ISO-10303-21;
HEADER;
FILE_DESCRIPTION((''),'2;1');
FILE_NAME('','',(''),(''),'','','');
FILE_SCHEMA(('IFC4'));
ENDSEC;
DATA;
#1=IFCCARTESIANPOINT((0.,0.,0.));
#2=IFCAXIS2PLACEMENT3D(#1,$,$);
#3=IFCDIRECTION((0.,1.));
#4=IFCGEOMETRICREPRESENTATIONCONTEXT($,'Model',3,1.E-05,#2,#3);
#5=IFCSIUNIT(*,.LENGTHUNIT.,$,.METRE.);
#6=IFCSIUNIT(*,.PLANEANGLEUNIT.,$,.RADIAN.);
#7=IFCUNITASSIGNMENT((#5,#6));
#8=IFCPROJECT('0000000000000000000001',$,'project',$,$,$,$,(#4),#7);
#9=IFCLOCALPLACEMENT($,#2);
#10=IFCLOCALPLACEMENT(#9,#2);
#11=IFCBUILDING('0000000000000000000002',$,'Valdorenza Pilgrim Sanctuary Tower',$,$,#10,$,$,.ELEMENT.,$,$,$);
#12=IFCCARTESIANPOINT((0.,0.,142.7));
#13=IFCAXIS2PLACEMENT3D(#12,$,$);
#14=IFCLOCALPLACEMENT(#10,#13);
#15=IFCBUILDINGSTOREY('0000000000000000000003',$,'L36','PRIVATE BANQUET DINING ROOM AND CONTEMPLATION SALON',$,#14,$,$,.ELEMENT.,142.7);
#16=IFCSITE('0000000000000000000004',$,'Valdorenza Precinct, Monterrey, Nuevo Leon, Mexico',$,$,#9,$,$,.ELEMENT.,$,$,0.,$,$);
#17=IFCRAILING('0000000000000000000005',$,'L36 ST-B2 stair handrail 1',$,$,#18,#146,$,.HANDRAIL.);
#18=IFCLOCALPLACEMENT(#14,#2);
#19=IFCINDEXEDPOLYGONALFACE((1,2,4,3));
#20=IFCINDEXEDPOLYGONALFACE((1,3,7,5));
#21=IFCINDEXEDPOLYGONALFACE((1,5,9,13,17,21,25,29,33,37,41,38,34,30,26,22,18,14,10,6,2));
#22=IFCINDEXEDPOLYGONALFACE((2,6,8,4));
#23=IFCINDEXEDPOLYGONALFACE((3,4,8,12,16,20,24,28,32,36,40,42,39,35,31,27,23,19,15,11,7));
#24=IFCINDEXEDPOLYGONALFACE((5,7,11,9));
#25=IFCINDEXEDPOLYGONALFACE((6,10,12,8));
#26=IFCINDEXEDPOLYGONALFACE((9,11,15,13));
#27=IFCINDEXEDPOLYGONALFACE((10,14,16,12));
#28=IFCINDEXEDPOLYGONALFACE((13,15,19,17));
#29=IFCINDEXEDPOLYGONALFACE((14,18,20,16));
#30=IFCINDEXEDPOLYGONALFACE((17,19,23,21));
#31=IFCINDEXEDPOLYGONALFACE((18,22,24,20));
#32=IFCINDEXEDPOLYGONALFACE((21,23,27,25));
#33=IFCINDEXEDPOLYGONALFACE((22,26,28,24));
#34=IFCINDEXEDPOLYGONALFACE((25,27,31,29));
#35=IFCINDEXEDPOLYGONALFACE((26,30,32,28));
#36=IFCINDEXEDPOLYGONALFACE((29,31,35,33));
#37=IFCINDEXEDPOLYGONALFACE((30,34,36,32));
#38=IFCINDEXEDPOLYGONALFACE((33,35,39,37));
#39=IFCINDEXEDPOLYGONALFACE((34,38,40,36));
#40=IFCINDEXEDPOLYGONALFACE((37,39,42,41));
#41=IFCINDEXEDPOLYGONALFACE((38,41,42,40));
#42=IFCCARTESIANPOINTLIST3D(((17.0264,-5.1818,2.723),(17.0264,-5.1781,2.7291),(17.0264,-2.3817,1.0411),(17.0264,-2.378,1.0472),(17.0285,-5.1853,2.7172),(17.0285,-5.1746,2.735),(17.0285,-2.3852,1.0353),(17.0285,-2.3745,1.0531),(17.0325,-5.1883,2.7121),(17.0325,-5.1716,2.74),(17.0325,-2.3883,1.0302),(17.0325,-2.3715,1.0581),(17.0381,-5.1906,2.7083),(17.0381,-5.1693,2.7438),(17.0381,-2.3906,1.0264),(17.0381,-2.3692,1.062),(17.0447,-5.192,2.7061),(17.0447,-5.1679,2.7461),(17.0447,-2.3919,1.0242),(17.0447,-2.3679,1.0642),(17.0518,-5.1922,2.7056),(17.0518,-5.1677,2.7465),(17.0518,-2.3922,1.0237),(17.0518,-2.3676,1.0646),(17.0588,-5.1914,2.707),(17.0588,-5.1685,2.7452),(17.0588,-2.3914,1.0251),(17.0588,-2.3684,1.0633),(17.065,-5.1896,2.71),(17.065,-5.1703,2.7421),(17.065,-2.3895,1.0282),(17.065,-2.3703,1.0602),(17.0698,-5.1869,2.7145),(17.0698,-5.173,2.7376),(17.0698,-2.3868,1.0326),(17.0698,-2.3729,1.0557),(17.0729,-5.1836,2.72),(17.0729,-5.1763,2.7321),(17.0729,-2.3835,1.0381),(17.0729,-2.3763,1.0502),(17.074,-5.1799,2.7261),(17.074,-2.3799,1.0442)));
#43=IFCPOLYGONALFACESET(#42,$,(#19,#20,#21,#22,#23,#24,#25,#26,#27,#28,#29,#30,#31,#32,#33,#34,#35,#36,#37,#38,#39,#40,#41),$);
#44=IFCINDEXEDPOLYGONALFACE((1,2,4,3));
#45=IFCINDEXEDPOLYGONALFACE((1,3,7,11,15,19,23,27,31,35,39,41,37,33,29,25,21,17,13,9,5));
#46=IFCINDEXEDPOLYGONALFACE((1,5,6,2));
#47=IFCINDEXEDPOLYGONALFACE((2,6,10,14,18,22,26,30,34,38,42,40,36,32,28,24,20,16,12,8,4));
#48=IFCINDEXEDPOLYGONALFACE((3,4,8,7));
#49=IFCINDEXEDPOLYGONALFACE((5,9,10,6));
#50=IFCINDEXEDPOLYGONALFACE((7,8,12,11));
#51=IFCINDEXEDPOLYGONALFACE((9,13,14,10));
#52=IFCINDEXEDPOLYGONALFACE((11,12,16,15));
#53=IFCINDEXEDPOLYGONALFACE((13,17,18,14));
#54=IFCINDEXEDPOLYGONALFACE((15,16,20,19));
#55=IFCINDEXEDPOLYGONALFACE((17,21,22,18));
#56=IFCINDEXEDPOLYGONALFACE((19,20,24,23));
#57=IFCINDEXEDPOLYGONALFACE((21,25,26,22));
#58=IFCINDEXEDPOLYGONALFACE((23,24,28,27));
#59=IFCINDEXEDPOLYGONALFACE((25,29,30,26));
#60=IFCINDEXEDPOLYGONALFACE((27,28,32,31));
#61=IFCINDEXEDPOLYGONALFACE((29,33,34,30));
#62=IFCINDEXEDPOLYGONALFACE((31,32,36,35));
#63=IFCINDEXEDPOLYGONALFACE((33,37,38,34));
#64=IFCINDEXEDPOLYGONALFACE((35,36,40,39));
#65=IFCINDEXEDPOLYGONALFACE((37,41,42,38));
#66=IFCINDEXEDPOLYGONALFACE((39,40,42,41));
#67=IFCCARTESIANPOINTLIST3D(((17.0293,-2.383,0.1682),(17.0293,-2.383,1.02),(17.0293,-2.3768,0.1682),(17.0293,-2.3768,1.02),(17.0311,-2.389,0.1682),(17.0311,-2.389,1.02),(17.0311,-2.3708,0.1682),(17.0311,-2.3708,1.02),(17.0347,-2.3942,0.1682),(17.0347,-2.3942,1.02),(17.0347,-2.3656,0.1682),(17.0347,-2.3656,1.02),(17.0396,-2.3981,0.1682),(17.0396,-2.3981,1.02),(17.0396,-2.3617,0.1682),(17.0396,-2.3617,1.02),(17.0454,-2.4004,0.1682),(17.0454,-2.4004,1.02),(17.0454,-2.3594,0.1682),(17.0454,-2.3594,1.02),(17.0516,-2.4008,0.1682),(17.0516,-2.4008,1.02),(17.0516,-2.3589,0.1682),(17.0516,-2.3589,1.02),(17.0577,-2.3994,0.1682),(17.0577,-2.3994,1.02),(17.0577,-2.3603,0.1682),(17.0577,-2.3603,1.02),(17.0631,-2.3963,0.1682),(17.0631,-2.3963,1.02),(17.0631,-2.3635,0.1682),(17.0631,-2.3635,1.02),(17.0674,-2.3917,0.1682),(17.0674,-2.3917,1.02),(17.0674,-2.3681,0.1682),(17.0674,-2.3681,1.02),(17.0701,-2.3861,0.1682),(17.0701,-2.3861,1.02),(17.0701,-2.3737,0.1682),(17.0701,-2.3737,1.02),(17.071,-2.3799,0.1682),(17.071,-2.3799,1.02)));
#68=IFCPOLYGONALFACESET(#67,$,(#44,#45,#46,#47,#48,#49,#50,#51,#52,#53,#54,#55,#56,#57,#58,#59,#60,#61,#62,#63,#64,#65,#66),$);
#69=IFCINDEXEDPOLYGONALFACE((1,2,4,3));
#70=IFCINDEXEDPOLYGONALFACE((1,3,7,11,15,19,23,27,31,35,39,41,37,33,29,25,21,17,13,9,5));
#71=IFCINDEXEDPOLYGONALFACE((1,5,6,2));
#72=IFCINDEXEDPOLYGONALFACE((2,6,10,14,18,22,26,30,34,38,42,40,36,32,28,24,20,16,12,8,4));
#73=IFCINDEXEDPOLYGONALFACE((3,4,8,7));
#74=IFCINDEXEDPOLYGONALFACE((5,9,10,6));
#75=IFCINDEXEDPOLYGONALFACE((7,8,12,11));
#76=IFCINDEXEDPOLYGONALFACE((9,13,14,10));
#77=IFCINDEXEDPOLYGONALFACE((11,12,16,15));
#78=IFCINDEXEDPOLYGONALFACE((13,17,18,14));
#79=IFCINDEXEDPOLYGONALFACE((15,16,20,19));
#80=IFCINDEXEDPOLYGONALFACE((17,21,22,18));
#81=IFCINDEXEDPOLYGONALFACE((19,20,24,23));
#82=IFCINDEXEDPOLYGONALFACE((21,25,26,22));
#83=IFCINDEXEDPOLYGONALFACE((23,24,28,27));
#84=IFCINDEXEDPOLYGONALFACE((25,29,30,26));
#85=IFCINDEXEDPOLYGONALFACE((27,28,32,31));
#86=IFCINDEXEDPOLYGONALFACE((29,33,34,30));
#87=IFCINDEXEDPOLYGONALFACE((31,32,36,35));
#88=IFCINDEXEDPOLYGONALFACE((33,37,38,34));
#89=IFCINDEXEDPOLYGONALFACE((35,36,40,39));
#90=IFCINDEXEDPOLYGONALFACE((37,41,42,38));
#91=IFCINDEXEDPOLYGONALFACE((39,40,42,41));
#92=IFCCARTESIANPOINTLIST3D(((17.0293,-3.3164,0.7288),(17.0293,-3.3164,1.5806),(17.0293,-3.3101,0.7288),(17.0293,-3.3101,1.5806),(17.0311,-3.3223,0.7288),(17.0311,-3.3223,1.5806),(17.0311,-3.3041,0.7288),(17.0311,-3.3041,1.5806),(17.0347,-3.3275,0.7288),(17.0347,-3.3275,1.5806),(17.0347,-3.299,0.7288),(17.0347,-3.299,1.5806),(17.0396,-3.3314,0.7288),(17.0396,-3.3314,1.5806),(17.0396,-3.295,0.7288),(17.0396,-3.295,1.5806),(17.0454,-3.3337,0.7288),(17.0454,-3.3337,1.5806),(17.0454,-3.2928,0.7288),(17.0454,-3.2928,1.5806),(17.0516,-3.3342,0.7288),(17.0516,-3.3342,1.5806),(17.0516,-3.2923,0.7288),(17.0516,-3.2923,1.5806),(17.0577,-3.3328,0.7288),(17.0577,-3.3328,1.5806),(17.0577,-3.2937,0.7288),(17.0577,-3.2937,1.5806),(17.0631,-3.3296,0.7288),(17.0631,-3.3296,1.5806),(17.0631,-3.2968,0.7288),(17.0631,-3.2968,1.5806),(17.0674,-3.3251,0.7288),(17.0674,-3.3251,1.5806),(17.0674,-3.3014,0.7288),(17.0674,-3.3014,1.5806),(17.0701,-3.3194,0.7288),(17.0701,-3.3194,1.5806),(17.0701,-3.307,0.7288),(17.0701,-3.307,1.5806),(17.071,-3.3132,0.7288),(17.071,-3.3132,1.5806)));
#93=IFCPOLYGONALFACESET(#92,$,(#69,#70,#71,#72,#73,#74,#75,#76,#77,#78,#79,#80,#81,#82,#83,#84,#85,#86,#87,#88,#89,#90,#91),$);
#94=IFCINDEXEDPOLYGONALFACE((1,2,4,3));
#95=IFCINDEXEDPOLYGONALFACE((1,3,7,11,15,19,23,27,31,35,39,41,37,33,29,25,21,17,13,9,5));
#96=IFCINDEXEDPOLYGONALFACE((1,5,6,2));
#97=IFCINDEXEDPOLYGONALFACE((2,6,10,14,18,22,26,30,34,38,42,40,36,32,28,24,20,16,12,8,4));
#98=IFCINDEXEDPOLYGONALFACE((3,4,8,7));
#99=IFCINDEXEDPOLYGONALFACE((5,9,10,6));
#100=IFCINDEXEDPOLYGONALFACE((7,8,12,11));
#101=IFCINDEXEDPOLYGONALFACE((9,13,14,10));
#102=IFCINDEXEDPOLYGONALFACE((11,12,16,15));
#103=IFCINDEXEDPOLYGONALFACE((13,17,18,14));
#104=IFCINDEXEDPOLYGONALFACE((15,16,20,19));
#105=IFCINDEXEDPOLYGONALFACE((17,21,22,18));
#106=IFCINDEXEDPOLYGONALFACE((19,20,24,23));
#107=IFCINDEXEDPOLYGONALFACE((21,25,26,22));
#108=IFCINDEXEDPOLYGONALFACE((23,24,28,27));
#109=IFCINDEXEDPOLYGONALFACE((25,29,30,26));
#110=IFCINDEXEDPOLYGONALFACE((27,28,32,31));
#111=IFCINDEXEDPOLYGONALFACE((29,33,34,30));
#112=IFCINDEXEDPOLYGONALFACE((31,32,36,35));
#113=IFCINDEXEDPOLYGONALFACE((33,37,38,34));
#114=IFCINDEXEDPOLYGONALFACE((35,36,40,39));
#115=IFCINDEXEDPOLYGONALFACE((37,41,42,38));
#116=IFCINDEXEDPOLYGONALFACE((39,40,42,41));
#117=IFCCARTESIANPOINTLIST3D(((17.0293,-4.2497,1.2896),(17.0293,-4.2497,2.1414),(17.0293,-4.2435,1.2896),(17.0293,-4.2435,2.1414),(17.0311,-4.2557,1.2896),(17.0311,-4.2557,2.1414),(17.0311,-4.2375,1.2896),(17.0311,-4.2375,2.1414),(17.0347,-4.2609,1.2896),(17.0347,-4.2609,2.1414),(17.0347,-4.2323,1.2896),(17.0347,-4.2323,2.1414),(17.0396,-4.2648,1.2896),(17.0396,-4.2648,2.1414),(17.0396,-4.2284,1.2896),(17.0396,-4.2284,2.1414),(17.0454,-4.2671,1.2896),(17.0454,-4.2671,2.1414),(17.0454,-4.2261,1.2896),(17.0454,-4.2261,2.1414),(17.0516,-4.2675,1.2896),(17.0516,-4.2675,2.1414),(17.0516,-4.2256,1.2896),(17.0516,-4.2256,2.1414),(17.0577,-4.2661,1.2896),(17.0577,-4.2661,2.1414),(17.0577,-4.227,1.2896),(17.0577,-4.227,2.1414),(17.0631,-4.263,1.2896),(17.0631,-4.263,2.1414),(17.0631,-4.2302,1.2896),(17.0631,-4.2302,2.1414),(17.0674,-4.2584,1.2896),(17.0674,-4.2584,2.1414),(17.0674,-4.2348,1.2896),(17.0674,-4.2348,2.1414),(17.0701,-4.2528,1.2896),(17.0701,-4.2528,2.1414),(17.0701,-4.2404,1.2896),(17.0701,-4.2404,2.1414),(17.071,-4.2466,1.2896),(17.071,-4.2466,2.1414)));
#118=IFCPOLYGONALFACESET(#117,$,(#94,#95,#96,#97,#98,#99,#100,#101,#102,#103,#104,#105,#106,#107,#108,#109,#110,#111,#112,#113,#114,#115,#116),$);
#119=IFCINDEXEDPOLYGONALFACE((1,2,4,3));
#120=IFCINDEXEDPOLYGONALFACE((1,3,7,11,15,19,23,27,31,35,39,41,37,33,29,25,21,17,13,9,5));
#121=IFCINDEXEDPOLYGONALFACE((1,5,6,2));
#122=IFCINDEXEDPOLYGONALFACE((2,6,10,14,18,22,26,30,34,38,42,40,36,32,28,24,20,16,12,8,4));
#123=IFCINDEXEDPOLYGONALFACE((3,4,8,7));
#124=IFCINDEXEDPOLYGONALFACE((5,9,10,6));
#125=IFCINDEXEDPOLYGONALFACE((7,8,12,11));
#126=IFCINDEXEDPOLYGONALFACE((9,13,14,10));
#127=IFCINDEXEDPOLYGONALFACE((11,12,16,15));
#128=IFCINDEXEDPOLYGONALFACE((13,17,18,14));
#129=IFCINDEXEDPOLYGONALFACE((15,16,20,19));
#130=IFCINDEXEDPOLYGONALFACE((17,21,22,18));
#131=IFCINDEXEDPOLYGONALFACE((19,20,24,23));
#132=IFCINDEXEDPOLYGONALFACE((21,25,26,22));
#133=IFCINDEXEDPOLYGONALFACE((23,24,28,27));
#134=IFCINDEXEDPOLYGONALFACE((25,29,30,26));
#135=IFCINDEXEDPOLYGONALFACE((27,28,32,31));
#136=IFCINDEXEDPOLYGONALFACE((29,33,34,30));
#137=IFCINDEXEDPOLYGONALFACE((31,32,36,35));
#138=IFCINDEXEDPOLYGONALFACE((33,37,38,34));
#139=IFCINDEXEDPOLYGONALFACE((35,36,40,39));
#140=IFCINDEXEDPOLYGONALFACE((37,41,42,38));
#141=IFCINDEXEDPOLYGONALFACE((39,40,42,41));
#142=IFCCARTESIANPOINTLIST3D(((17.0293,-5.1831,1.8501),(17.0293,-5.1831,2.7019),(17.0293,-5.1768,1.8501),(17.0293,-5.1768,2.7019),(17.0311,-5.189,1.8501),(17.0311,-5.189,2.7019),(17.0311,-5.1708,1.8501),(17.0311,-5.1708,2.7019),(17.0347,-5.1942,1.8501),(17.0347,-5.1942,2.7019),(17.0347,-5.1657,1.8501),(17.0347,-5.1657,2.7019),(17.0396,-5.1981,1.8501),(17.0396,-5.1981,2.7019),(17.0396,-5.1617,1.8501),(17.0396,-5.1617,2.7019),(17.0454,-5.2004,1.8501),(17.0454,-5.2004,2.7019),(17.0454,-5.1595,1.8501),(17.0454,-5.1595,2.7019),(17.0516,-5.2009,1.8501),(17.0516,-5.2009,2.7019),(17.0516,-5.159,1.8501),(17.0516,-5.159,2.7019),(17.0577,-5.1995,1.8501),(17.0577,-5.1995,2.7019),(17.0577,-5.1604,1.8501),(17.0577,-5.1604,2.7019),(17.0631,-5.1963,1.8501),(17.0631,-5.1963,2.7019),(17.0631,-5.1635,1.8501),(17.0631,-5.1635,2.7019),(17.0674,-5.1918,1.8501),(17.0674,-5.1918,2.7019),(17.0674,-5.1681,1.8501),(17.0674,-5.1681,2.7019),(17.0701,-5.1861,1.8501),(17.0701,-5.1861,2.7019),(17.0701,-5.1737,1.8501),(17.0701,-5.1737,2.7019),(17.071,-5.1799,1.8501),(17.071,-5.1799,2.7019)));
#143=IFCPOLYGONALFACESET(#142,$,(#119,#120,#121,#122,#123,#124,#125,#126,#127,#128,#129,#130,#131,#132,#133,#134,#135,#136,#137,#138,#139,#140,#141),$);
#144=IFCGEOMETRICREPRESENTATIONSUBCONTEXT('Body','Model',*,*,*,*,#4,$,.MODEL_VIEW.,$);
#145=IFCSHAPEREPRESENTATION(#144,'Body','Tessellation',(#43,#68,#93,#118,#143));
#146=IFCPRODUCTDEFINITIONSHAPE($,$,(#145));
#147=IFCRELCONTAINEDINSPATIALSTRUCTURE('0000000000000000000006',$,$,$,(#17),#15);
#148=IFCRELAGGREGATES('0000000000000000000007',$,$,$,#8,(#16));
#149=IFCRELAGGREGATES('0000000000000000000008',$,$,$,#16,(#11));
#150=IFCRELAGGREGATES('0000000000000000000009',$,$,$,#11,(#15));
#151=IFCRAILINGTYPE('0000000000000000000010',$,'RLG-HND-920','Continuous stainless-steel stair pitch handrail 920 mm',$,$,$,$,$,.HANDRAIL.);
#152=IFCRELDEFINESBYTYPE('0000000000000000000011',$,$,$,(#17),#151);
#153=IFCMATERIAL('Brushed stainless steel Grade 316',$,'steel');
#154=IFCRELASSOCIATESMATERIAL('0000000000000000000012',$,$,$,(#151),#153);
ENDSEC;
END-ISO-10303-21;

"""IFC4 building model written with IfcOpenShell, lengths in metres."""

from ifc_helpers import new_model, si_unit, direction, frame, origin, origin_2d, place, context, subcontext, project, spatial, circle, extrude, material, type_object, element, save


model = new_model("IFC4")

# Units and contexts
model_context = context("Model", 3, precision=1e-05, world=origin(), true_north=direction((0.0, 1.0)))
body_context = subcontext(model_context, "Body", "Model", "MODEL_VIEW")
ifc_project = project(units=[si_unit("LENGTHUNIT", "METRE"), si_unit("PLANEANGLEUNIT", "RADIAN")], contexts=[model_context])

# Site, building, storey
site_placement = place(None, origin())
site = spatial("IfcSite", under=ifc_project, at=site_placement, Name="Valdorenza Precinct, Monterrey, Nuevo Leon, Mexico", CompositionType="ELEMENT", RefElevation=0.0)
building_placement = place(site_placement, origin())
building = spatial("IfcBuilding", under=site, at=building_placement, Name="Valdorenza Pilgrim Sanctuary Tower", CompositionType="ELEMENT")
storey_placement = place(building_placement, frame((0.0, 0.0, 142.7)))
storey = spatial("IfcBuildingStorey", under=building, at=storey_placement, Name="L36", Description="PRIVATE BANQUET DINING ROOM AND CONTEMPLATION SALON", CompositionType="ELEMENT", Elevation=142.7)

# Railing
ifc_material_1 = material(Name="Brushed stainless steel Grade 316", Category="steel")
railing_type_1 = type_object("IfcRailingType", Name="RLG-HND-920", Description="Continuous stainless-steel stair pitch handrail 920 mm", PredefinedType="HANDRAIL", material=ifc_material_1)
railing_1_placement = place(storey_placement, frame((17.05, -2.3799, 0.1682)))
element("IfcRailing", 1, at=railing_1_placement, inside=storey, type_object=railing_type_1, Name="L36 ST-B2 stair handrail 1", PredefinedType="HANDRAIL", context=body_context, shape_type="SweptSolid", body=[
    extrude(circle(Radius=0.0239, at=origin_2d()), frame((0.0, 0.0, 0.876), z_axis=(0.0, -0.857242, 0.514913), x_axis=(1.0, 0.0, 0.0)), (0.0, 0.0, 1.0), 3.2664),
    extrude(circle(Radius=0.021, at=origin_2d()), origin(), (0.0, 0.0, 1.0), 0.8518),
    extrude(circle(Radius=0.021, at=origin_2d()), frame((0.0, -0.9333, 0.5605)), (0.0, 0.0, 1.0), 0.8518),
    extrude(circle(Radius=0.021, at=origin_2d()), frame((0.0, -1.8667, 1.1213)), (0.0, 0.0, 1.0), 0.8518),
    extrude(circle(Radius=0.021, at=origin_2d()), frame((0.0, -2.8, 1.6819)), (0.0, 0.0, 1.0), 0.8518),
])

save(model, "model.ifc")
